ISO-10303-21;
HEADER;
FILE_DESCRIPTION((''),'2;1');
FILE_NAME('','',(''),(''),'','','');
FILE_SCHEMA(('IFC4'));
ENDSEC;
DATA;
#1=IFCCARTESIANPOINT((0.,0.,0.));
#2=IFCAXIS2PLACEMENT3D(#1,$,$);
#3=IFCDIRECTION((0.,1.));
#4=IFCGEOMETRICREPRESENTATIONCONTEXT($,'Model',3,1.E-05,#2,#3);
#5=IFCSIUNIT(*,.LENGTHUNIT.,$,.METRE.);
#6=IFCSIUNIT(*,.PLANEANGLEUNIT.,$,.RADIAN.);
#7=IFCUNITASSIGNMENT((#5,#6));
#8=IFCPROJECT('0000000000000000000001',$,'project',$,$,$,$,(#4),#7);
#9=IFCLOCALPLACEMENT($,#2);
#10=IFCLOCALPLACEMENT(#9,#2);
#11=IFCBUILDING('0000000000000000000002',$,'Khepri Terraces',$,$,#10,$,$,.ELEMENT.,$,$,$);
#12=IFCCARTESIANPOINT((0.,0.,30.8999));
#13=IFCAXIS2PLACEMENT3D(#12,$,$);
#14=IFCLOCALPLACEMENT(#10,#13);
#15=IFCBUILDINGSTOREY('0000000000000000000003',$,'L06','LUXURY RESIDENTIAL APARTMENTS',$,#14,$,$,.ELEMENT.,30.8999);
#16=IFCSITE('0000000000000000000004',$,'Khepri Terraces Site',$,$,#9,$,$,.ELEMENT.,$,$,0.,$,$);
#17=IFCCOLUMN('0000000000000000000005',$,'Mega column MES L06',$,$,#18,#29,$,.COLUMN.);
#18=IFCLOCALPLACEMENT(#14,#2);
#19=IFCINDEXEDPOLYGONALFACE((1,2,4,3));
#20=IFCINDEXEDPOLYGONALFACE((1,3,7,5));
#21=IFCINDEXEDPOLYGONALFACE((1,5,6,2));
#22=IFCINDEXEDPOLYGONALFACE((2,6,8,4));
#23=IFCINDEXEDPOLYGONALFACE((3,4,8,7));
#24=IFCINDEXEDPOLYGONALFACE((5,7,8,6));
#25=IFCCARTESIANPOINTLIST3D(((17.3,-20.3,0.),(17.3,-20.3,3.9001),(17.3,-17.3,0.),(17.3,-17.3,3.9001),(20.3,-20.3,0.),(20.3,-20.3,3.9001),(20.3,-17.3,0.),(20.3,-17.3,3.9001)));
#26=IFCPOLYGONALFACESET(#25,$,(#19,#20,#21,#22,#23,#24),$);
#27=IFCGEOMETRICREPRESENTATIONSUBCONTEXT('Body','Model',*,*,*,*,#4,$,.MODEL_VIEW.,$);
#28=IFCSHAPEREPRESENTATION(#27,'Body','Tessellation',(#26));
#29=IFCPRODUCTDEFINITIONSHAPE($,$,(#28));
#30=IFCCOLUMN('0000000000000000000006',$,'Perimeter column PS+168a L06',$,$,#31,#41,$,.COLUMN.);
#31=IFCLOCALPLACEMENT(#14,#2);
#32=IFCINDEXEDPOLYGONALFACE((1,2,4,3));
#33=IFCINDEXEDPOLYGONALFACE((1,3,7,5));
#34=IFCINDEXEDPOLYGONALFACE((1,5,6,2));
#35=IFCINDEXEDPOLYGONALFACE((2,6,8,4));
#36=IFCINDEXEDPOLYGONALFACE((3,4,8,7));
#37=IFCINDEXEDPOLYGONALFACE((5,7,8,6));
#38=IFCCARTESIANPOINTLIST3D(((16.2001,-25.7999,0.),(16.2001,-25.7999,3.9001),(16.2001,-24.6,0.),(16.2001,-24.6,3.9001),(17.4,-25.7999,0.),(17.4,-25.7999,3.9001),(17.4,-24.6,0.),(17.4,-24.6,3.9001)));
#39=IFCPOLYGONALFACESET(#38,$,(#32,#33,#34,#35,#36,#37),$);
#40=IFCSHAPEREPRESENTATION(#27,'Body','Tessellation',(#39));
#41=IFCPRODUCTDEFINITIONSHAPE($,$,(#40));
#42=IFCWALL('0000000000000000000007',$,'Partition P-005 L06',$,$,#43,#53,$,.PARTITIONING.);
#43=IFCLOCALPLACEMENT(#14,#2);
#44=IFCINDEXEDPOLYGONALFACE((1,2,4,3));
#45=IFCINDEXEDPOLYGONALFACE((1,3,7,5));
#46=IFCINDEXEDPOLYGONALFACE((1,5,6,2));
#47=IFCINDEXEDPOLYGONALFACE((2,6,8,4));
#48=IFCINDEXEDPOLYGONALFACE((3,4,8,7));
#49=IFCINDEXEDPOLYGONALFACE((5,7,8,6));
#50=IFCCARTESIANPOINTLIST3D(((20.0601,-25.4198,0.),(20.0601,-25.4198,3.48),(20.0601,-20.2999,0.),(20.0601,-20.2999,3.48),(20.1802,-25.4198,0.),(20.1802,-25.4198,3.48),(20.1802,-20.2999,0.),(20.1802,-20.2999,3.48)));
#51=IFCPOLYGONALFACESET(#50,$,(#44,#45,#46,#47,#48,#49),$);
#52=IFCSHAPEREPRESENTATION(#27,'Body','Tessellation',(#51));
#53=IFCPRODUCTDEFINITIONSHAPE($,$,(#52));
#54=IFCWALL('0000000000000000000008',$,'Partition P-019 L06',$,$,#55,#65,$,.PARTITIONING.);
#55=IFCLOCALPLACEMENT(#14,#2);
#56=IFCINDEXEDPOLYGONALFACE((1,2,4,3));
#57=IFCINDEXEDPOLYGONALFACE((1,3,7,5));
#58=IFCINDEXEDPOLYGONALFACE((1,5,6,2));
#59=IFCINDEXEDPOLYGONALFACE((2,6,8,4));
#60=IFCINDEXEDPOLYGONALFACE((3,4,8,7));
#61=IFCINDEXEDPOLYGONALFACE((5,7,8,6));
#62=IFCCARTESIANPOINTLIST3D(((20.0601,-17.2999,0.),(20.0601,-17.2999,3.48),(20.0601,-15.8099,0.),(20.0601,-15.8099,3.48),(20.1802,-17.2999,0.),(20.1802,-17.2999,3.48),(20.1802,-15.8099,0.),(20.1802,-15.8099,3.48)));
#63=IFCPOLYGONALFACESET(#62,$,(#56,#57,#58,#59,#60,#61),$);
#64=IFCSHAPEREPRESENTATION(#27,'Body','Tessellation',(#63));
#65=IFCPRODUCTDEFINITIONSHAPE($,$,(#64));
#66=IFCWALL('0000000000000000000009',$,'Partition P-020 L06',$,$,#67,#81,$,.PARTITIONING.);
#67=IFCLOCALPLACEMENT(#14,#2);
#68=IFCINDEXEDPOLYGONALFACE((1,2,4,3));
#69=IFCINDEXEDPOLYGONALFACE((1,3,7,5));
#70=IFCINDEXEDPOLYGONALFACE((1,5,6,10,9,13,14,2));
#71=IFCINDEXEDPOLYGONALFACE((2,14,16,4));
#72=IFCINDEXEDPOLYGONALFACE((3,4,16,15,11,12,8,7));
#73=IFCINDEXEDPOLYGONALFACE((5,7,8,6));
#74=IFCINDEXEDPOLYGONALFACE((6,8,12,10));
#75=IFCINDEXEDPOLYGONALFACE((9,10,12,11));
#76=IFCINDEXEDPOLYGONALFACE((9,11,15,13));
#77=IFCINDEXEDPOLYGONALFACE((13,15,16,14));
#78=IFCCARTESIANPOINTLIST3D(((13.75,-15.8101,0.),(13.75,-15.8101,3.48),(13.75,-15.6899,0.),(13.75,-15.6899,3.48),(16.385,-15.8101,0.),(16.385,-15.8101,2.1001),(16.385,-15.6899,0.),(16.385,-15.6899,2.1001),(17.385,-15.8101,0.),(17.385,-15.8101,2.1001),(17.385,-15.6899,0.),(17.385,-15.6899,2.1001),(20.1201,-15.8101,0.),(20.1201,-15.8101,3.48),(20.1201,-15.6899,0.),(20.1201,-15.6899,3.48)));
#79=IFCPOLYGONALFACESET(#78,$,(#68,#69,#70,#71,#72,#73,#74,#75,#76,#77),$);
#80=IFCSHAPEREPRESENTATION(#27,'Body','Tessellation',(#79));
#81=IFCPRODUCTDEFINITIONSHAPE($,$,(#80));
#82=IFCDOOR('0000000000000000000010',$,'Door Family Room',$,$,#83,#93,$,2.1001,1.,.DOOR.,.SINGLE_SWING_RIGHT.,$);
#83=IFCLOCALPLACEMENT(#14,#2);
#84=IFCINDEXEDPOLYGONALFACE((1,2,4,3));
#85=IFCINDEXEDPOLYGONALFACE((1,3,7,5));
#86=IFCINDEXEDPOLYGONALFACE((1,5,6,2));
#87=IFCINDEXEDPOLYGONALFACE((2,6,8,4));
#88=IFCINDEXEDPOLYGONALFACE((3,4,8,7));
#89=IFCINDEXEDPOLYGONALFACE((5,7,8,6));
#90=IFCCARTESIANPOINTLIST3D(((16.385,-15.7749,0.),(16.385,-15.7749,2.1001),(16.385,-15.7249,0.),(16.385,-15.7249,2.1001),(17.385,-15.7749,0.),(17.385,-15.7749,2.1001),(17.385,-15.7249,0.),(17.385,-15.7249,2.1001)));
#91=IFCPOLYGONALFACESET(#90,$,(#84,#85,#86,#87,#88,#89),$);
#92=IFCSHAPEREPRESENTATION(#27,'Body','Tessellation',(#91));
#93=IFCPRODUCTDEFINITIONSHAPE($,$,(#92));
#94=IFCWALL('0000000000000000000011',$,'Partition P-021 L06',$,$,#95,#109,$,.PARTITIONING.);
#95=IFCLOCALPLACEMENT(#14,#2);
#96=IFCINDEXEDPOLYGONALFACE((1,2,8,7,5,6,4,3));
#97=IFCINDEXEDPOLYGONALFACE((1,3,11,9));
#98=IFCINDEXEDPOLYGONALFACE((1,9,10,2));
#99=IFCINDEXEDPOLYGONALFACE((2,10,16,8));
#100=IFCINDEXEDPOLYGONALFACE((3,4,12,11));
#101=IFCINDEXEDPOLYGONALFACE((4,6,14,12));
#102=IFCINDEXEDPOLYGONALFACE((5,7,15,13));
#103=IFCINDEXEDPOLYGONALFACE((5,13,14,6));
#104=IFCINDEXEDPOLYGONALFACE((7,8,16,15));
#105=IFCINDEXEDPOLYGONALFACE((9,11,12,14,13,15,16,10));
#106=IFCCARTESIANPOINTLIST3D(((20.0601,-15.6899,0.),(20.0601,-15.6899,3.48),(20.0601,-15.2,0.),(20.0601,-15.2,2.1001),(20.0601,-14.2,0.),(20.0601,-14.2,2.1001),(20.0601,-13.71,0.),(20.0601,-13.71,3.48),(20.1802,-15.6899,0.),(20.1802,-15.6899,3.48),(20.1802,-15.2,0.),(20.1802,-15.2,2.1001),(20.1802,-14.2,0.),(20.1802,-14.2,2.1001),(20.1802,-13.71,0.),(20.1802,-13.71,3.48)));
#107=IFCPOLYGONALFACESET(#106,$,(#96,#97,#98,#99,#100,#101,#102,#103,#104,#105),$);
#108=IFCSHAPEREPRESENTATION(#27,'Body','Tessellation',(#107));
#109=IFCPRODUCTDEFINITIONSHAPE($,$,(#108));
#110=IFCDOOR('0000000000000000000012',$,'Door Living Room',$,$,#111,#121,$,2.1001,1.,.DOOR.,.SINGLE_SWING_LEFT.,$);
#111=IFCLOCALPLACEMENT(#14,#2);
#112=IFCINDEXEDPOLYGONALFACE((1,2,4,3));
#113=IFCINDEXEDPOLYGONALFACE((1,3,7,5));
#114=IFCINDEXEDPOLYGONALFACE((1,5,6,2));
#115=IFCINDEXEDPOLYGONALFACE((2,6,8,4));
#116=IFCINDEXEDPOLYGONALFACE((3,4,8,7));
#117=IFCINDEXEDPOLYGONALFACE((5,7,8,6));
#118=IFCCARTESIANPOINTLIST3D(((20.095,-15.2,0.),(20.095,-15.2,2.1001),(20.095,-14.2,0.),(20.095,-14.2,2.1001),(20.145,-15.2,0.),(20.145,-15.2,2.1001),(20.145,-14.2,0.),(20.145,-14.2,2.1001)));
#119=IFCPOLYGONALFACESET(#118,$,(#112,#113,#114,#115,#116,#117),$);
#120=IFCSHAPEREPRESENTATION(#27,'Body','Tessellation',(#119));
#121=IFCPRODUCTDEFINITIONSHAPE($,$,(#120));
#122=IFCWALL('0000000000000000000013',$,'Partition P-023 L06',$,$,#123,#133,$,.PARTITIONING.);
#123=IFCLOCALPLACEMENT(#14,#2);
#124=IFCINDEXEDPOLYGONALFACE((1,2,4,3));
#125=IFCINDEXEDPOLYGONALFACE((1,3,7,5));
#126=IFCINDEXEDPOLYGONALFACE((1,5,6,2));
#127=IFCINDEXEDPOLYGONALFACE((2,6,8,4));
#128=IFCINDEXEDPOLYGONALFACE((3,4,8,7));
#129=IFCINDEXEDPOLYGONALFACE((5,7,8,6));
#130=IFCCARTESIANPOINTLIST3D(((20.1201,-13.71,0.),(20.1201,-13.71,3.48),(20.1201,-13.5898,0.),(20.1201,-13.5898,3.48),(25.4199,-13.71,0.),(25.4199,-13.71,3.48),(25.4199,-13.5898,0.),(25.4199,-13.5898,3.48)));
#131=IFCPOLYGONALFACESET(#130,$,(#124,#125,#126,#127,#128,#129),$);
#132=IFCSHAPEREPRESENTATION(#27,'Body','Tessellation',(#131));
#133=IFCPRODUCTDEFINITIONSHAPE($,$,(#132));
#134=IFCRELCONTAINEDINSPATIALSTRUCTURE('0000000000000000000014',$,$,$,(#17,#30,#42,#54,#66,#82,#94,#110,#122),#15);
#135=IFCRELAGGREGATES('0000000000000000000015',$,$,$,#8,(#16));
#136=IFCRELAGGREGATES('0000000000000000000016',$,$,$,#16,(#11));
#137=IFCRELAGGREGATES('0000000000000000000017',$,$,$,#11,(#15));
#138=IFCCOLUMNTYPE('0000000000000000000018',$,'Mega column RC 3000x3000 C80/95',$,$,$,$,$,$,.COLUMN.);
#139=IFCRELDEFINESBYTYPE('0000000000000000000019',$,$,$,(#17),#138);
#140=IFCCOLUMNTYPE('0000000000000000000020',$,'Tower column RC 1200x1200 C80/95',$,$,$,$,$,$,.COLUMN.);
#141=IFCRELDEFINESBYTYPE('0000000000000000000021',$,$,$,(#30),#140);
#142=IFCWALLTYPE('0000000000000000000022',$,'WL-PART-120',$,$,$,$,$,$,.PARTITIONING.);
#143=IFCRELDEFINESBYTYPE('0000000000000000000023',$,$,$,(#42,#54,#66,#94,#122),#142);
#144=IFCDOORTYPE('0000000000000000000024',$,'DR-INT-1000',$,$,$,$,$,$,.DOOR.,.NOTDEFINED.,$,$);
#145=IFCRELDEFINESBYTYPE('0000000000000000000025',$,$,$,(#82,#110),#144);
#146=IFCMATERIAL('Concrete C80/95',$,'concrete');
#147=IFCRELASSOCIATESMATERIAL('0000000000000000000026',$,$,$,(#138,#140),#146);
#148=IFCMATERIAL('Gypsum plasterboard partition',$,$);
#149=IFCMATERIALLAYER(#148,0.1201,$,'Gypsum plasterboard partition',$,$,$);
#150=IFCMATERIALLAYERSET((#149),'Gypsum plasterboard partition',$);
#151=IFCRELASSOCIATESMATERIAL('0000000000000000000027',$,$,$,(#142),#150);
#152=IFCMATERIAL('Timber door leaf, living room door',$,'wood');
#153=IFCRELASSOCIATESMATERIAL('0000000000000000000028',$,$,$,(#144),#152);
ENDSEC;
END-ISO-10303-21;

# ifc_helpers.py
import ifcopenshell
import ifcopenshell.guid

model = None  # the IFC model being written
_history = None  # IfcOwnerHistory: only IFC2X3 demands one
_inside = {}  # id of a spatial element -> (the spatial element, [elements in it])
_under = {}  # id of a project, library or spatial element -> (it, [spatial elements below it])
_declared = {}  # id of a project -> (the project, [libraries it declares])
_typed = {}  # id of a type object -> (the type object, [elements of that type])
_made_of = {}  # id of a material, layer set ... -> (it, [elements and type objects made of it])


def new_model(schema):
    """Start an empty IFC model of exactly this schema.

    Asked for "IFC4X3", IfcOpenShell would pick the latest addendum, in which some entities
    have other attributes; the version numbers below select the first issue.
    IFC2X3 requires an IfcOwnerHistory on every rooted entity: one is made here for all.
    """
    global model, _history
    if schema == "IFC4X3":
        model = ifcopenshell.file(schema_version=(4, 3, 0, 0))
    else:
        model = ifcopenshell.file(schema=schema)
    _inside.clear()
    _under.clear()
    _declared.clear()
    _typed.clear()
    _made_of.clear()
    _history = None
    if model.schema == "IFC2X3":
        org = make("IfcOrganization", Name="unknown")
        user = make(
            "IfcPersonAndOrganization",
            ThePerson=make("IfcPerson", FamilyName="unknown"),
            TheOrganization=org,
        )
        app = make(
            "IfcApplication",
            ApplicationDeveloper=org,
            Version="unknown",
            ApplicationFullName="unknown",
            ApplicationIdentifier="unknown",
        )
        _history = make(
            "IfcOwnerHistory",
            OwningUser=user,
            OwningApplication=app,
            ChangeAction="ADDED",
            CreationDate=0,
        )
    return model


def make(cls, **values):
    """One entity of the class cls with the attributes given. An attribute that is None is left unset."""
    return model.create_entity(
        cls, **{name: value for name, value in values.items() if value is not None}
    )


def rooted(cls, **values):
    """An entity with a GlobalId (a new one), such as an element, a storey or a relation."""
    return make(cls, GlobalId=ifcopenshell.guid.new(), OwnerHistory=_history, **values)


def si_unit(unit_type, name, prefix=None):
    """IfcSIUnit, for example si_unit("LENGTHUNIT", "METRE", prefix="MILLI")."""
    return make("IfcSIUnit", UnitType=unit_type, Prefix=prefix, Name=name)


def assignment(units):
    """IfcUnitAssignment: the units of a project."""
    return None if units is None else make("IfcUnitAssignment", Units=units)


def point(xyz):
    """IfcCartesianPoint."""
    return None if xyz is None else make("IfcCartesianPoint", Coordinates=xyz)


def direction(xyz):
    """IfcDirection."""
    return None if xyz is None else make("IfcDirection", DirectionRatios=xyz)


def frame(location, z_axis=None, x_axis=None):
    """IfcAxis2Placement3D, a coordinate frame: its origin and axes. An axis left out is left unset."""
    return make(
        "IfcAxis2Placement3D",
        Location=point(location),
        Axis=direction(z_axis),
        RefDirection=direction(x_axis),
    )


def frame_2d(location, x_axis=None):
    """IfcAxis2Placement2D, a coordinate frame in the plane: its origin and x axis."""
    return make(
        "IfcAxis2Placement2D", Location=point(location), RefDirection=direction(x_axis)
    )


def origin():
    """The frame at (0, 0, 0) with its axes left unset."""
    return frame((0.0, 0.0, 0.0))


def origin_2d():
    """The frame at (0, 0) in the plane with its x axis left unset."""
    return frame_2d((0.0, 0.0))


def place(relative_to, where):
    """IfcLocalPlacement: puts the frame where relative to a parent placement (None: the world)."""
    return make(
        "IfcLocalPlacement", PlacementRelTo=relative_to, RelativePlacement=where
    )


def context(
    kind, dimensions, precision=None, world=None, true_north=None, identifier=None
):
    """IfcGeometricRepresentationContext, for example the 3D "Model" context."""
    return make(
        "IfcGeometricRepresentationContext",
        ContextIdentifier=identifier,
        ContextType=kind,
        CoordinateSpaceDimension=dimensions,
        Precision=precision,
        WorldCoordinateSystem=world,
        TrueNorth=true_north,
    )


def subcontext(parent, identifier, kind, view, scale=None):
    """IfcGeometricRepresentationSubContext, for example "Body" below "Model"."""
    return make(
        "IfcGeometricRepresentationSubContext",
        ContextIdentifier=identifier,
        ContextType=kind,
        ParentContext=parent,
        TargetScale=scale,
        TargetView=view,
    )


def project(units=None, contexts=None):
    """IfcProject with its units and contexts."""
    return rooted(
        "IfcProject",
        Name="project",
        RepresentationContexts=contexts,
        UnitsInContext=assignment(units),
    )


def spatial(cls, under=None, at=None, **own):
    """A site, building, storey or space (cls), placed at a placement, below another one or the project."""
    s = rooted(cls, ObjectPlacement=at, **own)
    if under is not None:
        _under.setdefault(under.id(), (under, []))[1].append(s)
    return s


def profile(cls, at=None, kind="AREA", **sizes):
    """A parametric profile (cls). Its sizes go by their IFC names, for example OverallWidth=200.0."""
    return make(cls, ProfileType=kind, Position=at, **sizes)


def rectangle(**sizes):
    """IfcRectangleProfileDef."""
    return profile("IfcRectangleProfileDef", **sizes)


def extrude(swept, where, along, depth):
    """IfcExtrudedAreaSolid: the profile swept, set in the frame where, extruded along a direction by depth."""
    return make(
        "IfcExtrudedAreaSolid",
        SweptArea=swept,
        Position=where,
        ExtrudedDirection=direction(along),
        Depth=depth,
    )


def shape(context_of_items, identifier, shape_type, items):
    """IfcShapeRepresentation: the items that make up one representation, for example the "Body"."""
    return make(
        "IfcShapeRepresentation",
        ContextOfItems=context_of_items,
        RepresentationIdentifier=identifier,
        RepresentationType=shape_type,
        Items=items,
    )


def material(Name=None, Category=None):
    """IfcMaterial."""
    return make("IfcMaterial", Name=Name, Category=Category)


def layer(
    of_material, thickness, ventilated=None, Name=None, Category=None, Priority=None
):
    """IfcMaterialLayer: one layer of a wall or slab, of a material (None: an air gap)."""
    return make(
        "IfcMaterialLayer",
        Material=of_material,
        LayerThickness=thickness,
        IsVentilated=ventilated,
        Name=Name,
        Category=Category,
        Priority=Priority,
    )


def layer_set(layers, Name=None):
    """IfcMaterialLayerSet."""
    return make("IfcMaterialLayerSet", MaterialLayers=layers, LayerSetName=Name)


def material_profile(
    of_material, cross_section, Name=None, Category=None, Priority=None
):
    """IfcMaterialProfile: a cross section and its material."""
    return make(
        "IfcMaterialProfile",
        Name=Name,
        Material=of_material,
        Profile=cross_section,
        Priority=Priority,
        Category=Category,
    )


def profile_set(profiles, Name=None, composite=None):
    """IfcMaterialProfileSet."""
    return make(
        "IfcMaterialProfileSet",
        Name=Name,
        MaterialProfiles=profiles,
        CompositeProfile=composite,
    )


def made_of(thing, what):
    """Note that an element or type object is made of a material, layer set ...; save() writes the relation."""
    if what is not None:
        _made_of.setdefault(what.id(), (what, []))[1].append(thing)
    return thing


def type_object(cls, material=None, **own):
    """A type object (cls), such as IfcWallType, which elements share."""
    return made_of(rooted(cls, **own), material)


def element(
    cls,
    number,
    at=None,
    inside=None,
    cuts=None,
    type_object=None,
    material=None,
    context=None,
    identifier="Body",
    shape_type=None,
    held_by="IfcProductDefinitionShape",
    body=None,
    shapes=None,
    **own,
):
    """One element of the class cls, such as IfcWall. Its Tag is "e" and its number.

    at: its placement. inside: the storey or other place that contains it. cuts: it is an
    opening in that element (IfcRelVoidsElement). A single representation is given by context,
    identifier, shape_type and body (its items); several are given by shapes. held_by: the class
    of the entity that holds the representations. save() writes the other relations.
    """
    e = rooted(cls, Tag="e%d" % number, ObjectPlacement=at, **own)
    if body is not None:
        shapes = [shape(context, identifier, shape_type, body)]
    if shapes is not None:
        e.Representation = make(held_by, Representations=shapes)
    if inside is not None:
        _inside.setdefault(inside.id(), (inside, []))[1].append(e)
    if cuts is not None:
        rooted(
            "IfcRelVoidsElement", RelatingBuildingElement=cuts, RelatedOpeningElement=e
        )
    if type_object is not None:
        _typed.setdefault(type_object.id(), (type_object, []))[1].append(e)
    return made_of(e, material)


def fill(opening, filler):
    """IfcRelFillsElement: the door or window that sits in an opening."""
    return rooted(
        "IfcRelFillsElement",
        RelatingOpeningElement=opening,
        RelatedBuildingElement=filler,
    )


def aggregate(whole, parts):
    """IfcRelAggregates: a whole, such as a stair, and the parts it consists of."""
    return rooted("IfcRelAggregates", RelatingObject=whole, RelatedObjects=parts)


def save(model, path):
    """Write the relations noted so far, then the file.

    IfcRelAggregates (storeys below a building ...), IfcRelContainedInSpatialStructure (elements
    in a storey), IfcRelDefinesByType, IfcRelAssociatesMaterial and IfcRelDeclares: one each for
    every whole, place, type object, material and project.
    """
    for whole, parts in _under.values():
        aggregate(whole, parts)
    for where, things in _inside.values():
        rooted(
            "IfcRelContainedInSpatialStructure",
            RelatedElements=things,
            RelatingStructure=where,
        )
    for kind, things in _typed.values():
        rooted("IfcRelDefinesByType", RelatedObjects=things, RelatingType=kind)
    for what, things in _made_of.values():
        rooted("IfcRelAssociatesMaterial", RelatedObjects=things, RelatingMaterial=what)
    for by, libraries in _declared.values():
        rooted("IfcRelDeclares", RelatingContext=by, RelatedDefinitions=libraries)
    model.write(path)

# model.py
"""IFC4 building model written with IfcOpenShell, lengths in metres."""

from ifc_helpers import new_model, si_unit, direction, frame, frame_2d, origin, origin_2d, place, context, subcontext, project, spatial, rectangle, extrude, material, layer, layer_set, material_profile, profile_set, type_object, element, fill, save


model = new_model("IFC4")

# Units and contexts
model_context = context("Model", 3, precision=1e-05, world=origin(), true_north=direction((0.0, 1.0)))
body_context = subcontext(model_context, "Body", "Model", "MODEL_VIEW")
ifc_project = project(units=[si_unit("LENGTHUNIT", "METRE"), si_unit("PLANEANGLEUNIT", "RADIAN")], contexts=[model_context])

# Site, building, storey
site_placement = place(None, origin())
site = spatial("IfcSite", under=ifc_project, at=site_placement, Name="Khepri Terraces Site", CompositionType="ELEMENT", RefElevation=0.0)
building_placement = place(site_placement, origin())
building = spatial("IfcBuilding", under=site, at=building_placement, Name="Khepri Terraces", CompositionType="ELEMENT")
storey_placement = place(building_placement, frame((0.0, 0.0, 30.8999)))
storey = spatial("IfcBuildingStorey", under=building, at=storey_placement, Name="L06", Description="LUXURY RESIDENTIAL APARTMENTS", CompositionType="ELEMENT", Elevation=30.8999)

# Columns
ifc_material_1 = material(Name="Concrete C80/95", Category="concrete")
ifc_material_profile_1 = material_profile(ifc_material_1, rectangle(XDim=3.0, YDim=3.0, at=origin_2d()), Name="Concrete C80/95", Category="concrete")
ifc_profile_set_1 = profile_set([ifc_material_profile_1], Name="Concrete C80/95")
column_type_1 = type_object("IfcColumnType", Name="Mega column RC 3000x3000 C80/95", PredefinedType="COLUMN", material=ifc_profile_set_1)
column_1_placement = place(storey_placement, frame((18.8, -18.8, 0.0), z_axis=(0.0, 0.0, 1.0), x_axis=(1.0, 0.0, 0.0)))
element("IfcColumn", 1, at=column_1_placement, inside=storey, type_object=column_type_1, Name="Mega column MES L06", PredefinedType="COLUMN", context=body_context, shape_type="SweptSolid", body=[
    extrude(rectangle(XDim=3.0, YDim=3.0, at=origin_2d()), origin(), (0.0, 0.0, 1.0), 3.9001),
])
ifc_material_profile_2 = material_profile(ifc_material_1, rectangle(XDim=1.2, YDim=1.2, at=origin_2d()), Name="Concrete C80/95", Category="concrete")
ifc_profile_set_2 = profile_set([ifc_material_profile_2], Name="Concrete C80/95")
column_type_2 = type_object("IfcColumnType", Name="Tower column RC 1200x1200 C80/95", PredefinedType="COLUMN", material=ifc_profile_set_2)
column_2_placement = place(storey_placement, frame((16.8, -25.2, 0.0), z_axis=(0.0, 0.0, 1.0), x_axis=(1.0, 0.0, 0.0)))
element("IfcColumn", 2, at=column_2_placement, inside=storey, type_object=column_type_2, Name="Perimeter column PS+168a L06", PredefinedType="COLUMN", context=body_context, shape_type="SweptSolid", body=[
    extrude(rectangle(XDim=1.2, YDim=1.2, at=origin_2d()), origin(), (0.0, 0.0, 1.0), 3.9001),
])

# Walls
ifc_material_2 = material(Name="Gypsum plasterboard partition")
ifc_layer_1 = layer(ifc_material_2, 0.1201, Name="Gypsum plasterboard partition")
ifc_layer_set_1 = layer_set([ifc_layer_1], Name="Gypsum plasterboard partition")
wall_type_1 = type_object("IfcWallType", Name="WL-PART-120", PredefinedType="PARTITIONING", material=ifc_layer_set_1)
wall_1_placement = place(storey_placement, frame((20.1201, -25.4199, 0.0), z_axis=(0.0, 0.0, 1.0), x_axis=(0.0, 1.0, 0.0)))
element("IfcWall", 3, at=wall_1_placement, inside=storey, type_object=wall_type_1, Name="Partition P-005 L06", PredefinedType="PARTITIONING", context=body_context, shape_type="SweptSolid", body=[
    extrude(rectangle(XDim=5.1199, YDim=0.1201, at=frame_2d((2.5601, 0.0))), origin(), (0.0, 0.0, 1.0), 3.48),
])
wall_2_placement = place(storey_placement, frame((20.1201, -17.3, 0.0), z_axis=(0.0, 0.0, 1.0), x_axis=(0.0, 1.0, 0.0)))
element("IfcWall", 4, at=wall_2_placement, inside=storey, type_object=wall_type_1, Name="Partition P-019 L06", PredefinedType="PARTITIONING", context=body_context, shape_type="SweptSolid", body=[
    extrude(rectangle(XDim=1.49, YDim=0.1201, at=frame_2d((0.7451, 0.0))), origin(), (0.0, 0.0, 1.0), 3.48),
])

# Walls, openings, doors
wall_3_placement = place(storey_placement, frame((13.75, -15.75, 0.0), z_axis=(0.0, 0.0, 1.0), x_axis=(1.0, 0.0, 0.0)))
wall_3 = element("IfcWall", 5, at=wall_3_placement, inside=storey, type_object=wall_type_1, Name="Partition P-020 L06", PredefinedType="PARTITIONING", context=body_context, shape_type="SweptSolid", body=[
    extrude(rectangle(XDim=6.3701, YDim=0.1201, at=frame_2d((3.1851, 0.0))), origin(), (0.0, 0.0, 1.0), 3.48),
])
opening_1_placement = place(wall_3_placement, frame((2.635, 0.0, 0.0)))
opening_1 = element("IfcOpeningElement", 6, at=opening_1_placement, cuts=wall_3, PredefinedType="OPENING", context=body_context, shape_type="SweptSolid", body=[
    extrude(rectangle(XDim=1.0, YDim=2.1001, at=frame_2d((0.5, 1.05))), frame((0.0, 0.0701, 0.0), z_axis=(0.0, -1.0, 0.0), x_axis=(1.0, 0.0, 0.0)), (0.0, 0.0, 1.0), 0.1401),
])
ifc_material_3 = material(Name="Timber door leaf, living room door", Category="wood")
door_type_1 = type_object("IfcDoorType", Name="DR-INT-1000", OperationType="NOTDEFINED", PredefinedType="DOOR", material=ifc_material_3)
door_1_placement = place(opening_1_placement, frame((1.0, 0.0, 0.0), z_axis=(0.0, 0.0, 1.0), x_axis=(-1.0, 0.0, 0.0)))
door_1 = element("IfcDoor", 7, at=door_1_placement, inside=storey, type_object=door_type_1, Name="Door Family Room", OperationType="SINGLE_SWING_RIGHT", OverallHeight=2.1001, OverallWidth=1.0, PredefinedType="DOOR", context=body_context, shape_type="SweptSolid", body=[
    extrude(rectangle(XDim=1.0, YDim=2.1001, at=frame_2d((0.5, 1.05))), frame((0.0, 0.0249, 0.0), z_axis=(0.0, -1.0, 0.0), x_axis=(1.0, 0.0, 0.0)), (0.0, 0.0, 1.0), 0.05),
])
fill(opening_1, door_1)
wall_4_placement = place(storey_placement, frame((20.1201, -15.6899, 0.0), z_axis=(0.0, 0.0, 1.0), x_axis=(0.0, 1.0, 0.0)))
wall_4 = element("IfcWall", 8, at=wall_4_placement, inside=storey, type_object=wall_type_1, Name="Partition P-021 L06", PredefinedType="PARTITIONING", context=body_context, shape_type="SweptSolid", body=[
    extrude(rectangle(XDim=1.98, YDim=0.1201, at=frame_2d((0.99, 0.0))), origin(), (0.0, 0.0, 1.0), 3.48),
])
opening_2_placement = place(wall_4_placement, frame((0.49, 0.0, 0.0)))
opening_2 = element("IfcOpeningElement", 9, at=opening_2_placement, cuts=wall_4, PredefinedType="OPENING", context=body_context, shape_type="SweptSolid", body=[
    extrude(rectangle(XDim=1.0, YDim=2.1001, at=frame_2d((0.5, 1.05))), frame((0.0, 0.0701, 0.0), z_axis=(0.0, -1.0, 0.0), x_axis=(1.0, 0.0, 0.0)), (0.0, 0.0, 1.0), 0.1401),
])
door_2_placement = place(opening_2_placement, frame((1.0, 0.0, 0.0), z_axis=(0.0, 0.0, 1.0), x_axis=(-1.0, 0.0, 0.0)))
door_2 = element("IfcDoor", 10, at=door_2_placement, inside=storey, type_object=door_type_1, Name="Door Living Room", OperationType="SINGLE_SWING_LEFT", OverallHeight=2.1001, OverallWidth=1.0, PredefinedType="DOOR", context=body_context, shape_type="SweptSolid", body=[
    extrude(rectangle(XDim=1.0, YDim=2.1001, at=frame_2d((0.5, 1.05))), frame((0.0, 0.0249, 0.0), z_axis=(0.0, -1.0, 0.0), x_axis=(1.0, 0.0, 0.0)), (0.0, 0.0, 1.0), 0.05),
])
fill(opening_2, door_2)

# Wall
wall_5_placement = place(storey_placement, frame((20.1201, -13.6499, 0.0), z_axis=(0.0, 0.0, 1.0), x_axis=(1.0, 0.0, 0.0)))
element("IfcWall", 11, at=wall_5_placement, inside=storey, type_object=wall_type_1, Name="Partition P-023 L06", PredefinedType="PARTITIONING", context=body_context, shape_type="SweptSolid", body=[
    extrude(rectangle(XDim=5.2998, YDim=0.1201, at=frame_2d((2.6499, 0.0))), origin(), (0.0, 0.0, 1.0), 3.48),
])

save(model, "model.ifc")
